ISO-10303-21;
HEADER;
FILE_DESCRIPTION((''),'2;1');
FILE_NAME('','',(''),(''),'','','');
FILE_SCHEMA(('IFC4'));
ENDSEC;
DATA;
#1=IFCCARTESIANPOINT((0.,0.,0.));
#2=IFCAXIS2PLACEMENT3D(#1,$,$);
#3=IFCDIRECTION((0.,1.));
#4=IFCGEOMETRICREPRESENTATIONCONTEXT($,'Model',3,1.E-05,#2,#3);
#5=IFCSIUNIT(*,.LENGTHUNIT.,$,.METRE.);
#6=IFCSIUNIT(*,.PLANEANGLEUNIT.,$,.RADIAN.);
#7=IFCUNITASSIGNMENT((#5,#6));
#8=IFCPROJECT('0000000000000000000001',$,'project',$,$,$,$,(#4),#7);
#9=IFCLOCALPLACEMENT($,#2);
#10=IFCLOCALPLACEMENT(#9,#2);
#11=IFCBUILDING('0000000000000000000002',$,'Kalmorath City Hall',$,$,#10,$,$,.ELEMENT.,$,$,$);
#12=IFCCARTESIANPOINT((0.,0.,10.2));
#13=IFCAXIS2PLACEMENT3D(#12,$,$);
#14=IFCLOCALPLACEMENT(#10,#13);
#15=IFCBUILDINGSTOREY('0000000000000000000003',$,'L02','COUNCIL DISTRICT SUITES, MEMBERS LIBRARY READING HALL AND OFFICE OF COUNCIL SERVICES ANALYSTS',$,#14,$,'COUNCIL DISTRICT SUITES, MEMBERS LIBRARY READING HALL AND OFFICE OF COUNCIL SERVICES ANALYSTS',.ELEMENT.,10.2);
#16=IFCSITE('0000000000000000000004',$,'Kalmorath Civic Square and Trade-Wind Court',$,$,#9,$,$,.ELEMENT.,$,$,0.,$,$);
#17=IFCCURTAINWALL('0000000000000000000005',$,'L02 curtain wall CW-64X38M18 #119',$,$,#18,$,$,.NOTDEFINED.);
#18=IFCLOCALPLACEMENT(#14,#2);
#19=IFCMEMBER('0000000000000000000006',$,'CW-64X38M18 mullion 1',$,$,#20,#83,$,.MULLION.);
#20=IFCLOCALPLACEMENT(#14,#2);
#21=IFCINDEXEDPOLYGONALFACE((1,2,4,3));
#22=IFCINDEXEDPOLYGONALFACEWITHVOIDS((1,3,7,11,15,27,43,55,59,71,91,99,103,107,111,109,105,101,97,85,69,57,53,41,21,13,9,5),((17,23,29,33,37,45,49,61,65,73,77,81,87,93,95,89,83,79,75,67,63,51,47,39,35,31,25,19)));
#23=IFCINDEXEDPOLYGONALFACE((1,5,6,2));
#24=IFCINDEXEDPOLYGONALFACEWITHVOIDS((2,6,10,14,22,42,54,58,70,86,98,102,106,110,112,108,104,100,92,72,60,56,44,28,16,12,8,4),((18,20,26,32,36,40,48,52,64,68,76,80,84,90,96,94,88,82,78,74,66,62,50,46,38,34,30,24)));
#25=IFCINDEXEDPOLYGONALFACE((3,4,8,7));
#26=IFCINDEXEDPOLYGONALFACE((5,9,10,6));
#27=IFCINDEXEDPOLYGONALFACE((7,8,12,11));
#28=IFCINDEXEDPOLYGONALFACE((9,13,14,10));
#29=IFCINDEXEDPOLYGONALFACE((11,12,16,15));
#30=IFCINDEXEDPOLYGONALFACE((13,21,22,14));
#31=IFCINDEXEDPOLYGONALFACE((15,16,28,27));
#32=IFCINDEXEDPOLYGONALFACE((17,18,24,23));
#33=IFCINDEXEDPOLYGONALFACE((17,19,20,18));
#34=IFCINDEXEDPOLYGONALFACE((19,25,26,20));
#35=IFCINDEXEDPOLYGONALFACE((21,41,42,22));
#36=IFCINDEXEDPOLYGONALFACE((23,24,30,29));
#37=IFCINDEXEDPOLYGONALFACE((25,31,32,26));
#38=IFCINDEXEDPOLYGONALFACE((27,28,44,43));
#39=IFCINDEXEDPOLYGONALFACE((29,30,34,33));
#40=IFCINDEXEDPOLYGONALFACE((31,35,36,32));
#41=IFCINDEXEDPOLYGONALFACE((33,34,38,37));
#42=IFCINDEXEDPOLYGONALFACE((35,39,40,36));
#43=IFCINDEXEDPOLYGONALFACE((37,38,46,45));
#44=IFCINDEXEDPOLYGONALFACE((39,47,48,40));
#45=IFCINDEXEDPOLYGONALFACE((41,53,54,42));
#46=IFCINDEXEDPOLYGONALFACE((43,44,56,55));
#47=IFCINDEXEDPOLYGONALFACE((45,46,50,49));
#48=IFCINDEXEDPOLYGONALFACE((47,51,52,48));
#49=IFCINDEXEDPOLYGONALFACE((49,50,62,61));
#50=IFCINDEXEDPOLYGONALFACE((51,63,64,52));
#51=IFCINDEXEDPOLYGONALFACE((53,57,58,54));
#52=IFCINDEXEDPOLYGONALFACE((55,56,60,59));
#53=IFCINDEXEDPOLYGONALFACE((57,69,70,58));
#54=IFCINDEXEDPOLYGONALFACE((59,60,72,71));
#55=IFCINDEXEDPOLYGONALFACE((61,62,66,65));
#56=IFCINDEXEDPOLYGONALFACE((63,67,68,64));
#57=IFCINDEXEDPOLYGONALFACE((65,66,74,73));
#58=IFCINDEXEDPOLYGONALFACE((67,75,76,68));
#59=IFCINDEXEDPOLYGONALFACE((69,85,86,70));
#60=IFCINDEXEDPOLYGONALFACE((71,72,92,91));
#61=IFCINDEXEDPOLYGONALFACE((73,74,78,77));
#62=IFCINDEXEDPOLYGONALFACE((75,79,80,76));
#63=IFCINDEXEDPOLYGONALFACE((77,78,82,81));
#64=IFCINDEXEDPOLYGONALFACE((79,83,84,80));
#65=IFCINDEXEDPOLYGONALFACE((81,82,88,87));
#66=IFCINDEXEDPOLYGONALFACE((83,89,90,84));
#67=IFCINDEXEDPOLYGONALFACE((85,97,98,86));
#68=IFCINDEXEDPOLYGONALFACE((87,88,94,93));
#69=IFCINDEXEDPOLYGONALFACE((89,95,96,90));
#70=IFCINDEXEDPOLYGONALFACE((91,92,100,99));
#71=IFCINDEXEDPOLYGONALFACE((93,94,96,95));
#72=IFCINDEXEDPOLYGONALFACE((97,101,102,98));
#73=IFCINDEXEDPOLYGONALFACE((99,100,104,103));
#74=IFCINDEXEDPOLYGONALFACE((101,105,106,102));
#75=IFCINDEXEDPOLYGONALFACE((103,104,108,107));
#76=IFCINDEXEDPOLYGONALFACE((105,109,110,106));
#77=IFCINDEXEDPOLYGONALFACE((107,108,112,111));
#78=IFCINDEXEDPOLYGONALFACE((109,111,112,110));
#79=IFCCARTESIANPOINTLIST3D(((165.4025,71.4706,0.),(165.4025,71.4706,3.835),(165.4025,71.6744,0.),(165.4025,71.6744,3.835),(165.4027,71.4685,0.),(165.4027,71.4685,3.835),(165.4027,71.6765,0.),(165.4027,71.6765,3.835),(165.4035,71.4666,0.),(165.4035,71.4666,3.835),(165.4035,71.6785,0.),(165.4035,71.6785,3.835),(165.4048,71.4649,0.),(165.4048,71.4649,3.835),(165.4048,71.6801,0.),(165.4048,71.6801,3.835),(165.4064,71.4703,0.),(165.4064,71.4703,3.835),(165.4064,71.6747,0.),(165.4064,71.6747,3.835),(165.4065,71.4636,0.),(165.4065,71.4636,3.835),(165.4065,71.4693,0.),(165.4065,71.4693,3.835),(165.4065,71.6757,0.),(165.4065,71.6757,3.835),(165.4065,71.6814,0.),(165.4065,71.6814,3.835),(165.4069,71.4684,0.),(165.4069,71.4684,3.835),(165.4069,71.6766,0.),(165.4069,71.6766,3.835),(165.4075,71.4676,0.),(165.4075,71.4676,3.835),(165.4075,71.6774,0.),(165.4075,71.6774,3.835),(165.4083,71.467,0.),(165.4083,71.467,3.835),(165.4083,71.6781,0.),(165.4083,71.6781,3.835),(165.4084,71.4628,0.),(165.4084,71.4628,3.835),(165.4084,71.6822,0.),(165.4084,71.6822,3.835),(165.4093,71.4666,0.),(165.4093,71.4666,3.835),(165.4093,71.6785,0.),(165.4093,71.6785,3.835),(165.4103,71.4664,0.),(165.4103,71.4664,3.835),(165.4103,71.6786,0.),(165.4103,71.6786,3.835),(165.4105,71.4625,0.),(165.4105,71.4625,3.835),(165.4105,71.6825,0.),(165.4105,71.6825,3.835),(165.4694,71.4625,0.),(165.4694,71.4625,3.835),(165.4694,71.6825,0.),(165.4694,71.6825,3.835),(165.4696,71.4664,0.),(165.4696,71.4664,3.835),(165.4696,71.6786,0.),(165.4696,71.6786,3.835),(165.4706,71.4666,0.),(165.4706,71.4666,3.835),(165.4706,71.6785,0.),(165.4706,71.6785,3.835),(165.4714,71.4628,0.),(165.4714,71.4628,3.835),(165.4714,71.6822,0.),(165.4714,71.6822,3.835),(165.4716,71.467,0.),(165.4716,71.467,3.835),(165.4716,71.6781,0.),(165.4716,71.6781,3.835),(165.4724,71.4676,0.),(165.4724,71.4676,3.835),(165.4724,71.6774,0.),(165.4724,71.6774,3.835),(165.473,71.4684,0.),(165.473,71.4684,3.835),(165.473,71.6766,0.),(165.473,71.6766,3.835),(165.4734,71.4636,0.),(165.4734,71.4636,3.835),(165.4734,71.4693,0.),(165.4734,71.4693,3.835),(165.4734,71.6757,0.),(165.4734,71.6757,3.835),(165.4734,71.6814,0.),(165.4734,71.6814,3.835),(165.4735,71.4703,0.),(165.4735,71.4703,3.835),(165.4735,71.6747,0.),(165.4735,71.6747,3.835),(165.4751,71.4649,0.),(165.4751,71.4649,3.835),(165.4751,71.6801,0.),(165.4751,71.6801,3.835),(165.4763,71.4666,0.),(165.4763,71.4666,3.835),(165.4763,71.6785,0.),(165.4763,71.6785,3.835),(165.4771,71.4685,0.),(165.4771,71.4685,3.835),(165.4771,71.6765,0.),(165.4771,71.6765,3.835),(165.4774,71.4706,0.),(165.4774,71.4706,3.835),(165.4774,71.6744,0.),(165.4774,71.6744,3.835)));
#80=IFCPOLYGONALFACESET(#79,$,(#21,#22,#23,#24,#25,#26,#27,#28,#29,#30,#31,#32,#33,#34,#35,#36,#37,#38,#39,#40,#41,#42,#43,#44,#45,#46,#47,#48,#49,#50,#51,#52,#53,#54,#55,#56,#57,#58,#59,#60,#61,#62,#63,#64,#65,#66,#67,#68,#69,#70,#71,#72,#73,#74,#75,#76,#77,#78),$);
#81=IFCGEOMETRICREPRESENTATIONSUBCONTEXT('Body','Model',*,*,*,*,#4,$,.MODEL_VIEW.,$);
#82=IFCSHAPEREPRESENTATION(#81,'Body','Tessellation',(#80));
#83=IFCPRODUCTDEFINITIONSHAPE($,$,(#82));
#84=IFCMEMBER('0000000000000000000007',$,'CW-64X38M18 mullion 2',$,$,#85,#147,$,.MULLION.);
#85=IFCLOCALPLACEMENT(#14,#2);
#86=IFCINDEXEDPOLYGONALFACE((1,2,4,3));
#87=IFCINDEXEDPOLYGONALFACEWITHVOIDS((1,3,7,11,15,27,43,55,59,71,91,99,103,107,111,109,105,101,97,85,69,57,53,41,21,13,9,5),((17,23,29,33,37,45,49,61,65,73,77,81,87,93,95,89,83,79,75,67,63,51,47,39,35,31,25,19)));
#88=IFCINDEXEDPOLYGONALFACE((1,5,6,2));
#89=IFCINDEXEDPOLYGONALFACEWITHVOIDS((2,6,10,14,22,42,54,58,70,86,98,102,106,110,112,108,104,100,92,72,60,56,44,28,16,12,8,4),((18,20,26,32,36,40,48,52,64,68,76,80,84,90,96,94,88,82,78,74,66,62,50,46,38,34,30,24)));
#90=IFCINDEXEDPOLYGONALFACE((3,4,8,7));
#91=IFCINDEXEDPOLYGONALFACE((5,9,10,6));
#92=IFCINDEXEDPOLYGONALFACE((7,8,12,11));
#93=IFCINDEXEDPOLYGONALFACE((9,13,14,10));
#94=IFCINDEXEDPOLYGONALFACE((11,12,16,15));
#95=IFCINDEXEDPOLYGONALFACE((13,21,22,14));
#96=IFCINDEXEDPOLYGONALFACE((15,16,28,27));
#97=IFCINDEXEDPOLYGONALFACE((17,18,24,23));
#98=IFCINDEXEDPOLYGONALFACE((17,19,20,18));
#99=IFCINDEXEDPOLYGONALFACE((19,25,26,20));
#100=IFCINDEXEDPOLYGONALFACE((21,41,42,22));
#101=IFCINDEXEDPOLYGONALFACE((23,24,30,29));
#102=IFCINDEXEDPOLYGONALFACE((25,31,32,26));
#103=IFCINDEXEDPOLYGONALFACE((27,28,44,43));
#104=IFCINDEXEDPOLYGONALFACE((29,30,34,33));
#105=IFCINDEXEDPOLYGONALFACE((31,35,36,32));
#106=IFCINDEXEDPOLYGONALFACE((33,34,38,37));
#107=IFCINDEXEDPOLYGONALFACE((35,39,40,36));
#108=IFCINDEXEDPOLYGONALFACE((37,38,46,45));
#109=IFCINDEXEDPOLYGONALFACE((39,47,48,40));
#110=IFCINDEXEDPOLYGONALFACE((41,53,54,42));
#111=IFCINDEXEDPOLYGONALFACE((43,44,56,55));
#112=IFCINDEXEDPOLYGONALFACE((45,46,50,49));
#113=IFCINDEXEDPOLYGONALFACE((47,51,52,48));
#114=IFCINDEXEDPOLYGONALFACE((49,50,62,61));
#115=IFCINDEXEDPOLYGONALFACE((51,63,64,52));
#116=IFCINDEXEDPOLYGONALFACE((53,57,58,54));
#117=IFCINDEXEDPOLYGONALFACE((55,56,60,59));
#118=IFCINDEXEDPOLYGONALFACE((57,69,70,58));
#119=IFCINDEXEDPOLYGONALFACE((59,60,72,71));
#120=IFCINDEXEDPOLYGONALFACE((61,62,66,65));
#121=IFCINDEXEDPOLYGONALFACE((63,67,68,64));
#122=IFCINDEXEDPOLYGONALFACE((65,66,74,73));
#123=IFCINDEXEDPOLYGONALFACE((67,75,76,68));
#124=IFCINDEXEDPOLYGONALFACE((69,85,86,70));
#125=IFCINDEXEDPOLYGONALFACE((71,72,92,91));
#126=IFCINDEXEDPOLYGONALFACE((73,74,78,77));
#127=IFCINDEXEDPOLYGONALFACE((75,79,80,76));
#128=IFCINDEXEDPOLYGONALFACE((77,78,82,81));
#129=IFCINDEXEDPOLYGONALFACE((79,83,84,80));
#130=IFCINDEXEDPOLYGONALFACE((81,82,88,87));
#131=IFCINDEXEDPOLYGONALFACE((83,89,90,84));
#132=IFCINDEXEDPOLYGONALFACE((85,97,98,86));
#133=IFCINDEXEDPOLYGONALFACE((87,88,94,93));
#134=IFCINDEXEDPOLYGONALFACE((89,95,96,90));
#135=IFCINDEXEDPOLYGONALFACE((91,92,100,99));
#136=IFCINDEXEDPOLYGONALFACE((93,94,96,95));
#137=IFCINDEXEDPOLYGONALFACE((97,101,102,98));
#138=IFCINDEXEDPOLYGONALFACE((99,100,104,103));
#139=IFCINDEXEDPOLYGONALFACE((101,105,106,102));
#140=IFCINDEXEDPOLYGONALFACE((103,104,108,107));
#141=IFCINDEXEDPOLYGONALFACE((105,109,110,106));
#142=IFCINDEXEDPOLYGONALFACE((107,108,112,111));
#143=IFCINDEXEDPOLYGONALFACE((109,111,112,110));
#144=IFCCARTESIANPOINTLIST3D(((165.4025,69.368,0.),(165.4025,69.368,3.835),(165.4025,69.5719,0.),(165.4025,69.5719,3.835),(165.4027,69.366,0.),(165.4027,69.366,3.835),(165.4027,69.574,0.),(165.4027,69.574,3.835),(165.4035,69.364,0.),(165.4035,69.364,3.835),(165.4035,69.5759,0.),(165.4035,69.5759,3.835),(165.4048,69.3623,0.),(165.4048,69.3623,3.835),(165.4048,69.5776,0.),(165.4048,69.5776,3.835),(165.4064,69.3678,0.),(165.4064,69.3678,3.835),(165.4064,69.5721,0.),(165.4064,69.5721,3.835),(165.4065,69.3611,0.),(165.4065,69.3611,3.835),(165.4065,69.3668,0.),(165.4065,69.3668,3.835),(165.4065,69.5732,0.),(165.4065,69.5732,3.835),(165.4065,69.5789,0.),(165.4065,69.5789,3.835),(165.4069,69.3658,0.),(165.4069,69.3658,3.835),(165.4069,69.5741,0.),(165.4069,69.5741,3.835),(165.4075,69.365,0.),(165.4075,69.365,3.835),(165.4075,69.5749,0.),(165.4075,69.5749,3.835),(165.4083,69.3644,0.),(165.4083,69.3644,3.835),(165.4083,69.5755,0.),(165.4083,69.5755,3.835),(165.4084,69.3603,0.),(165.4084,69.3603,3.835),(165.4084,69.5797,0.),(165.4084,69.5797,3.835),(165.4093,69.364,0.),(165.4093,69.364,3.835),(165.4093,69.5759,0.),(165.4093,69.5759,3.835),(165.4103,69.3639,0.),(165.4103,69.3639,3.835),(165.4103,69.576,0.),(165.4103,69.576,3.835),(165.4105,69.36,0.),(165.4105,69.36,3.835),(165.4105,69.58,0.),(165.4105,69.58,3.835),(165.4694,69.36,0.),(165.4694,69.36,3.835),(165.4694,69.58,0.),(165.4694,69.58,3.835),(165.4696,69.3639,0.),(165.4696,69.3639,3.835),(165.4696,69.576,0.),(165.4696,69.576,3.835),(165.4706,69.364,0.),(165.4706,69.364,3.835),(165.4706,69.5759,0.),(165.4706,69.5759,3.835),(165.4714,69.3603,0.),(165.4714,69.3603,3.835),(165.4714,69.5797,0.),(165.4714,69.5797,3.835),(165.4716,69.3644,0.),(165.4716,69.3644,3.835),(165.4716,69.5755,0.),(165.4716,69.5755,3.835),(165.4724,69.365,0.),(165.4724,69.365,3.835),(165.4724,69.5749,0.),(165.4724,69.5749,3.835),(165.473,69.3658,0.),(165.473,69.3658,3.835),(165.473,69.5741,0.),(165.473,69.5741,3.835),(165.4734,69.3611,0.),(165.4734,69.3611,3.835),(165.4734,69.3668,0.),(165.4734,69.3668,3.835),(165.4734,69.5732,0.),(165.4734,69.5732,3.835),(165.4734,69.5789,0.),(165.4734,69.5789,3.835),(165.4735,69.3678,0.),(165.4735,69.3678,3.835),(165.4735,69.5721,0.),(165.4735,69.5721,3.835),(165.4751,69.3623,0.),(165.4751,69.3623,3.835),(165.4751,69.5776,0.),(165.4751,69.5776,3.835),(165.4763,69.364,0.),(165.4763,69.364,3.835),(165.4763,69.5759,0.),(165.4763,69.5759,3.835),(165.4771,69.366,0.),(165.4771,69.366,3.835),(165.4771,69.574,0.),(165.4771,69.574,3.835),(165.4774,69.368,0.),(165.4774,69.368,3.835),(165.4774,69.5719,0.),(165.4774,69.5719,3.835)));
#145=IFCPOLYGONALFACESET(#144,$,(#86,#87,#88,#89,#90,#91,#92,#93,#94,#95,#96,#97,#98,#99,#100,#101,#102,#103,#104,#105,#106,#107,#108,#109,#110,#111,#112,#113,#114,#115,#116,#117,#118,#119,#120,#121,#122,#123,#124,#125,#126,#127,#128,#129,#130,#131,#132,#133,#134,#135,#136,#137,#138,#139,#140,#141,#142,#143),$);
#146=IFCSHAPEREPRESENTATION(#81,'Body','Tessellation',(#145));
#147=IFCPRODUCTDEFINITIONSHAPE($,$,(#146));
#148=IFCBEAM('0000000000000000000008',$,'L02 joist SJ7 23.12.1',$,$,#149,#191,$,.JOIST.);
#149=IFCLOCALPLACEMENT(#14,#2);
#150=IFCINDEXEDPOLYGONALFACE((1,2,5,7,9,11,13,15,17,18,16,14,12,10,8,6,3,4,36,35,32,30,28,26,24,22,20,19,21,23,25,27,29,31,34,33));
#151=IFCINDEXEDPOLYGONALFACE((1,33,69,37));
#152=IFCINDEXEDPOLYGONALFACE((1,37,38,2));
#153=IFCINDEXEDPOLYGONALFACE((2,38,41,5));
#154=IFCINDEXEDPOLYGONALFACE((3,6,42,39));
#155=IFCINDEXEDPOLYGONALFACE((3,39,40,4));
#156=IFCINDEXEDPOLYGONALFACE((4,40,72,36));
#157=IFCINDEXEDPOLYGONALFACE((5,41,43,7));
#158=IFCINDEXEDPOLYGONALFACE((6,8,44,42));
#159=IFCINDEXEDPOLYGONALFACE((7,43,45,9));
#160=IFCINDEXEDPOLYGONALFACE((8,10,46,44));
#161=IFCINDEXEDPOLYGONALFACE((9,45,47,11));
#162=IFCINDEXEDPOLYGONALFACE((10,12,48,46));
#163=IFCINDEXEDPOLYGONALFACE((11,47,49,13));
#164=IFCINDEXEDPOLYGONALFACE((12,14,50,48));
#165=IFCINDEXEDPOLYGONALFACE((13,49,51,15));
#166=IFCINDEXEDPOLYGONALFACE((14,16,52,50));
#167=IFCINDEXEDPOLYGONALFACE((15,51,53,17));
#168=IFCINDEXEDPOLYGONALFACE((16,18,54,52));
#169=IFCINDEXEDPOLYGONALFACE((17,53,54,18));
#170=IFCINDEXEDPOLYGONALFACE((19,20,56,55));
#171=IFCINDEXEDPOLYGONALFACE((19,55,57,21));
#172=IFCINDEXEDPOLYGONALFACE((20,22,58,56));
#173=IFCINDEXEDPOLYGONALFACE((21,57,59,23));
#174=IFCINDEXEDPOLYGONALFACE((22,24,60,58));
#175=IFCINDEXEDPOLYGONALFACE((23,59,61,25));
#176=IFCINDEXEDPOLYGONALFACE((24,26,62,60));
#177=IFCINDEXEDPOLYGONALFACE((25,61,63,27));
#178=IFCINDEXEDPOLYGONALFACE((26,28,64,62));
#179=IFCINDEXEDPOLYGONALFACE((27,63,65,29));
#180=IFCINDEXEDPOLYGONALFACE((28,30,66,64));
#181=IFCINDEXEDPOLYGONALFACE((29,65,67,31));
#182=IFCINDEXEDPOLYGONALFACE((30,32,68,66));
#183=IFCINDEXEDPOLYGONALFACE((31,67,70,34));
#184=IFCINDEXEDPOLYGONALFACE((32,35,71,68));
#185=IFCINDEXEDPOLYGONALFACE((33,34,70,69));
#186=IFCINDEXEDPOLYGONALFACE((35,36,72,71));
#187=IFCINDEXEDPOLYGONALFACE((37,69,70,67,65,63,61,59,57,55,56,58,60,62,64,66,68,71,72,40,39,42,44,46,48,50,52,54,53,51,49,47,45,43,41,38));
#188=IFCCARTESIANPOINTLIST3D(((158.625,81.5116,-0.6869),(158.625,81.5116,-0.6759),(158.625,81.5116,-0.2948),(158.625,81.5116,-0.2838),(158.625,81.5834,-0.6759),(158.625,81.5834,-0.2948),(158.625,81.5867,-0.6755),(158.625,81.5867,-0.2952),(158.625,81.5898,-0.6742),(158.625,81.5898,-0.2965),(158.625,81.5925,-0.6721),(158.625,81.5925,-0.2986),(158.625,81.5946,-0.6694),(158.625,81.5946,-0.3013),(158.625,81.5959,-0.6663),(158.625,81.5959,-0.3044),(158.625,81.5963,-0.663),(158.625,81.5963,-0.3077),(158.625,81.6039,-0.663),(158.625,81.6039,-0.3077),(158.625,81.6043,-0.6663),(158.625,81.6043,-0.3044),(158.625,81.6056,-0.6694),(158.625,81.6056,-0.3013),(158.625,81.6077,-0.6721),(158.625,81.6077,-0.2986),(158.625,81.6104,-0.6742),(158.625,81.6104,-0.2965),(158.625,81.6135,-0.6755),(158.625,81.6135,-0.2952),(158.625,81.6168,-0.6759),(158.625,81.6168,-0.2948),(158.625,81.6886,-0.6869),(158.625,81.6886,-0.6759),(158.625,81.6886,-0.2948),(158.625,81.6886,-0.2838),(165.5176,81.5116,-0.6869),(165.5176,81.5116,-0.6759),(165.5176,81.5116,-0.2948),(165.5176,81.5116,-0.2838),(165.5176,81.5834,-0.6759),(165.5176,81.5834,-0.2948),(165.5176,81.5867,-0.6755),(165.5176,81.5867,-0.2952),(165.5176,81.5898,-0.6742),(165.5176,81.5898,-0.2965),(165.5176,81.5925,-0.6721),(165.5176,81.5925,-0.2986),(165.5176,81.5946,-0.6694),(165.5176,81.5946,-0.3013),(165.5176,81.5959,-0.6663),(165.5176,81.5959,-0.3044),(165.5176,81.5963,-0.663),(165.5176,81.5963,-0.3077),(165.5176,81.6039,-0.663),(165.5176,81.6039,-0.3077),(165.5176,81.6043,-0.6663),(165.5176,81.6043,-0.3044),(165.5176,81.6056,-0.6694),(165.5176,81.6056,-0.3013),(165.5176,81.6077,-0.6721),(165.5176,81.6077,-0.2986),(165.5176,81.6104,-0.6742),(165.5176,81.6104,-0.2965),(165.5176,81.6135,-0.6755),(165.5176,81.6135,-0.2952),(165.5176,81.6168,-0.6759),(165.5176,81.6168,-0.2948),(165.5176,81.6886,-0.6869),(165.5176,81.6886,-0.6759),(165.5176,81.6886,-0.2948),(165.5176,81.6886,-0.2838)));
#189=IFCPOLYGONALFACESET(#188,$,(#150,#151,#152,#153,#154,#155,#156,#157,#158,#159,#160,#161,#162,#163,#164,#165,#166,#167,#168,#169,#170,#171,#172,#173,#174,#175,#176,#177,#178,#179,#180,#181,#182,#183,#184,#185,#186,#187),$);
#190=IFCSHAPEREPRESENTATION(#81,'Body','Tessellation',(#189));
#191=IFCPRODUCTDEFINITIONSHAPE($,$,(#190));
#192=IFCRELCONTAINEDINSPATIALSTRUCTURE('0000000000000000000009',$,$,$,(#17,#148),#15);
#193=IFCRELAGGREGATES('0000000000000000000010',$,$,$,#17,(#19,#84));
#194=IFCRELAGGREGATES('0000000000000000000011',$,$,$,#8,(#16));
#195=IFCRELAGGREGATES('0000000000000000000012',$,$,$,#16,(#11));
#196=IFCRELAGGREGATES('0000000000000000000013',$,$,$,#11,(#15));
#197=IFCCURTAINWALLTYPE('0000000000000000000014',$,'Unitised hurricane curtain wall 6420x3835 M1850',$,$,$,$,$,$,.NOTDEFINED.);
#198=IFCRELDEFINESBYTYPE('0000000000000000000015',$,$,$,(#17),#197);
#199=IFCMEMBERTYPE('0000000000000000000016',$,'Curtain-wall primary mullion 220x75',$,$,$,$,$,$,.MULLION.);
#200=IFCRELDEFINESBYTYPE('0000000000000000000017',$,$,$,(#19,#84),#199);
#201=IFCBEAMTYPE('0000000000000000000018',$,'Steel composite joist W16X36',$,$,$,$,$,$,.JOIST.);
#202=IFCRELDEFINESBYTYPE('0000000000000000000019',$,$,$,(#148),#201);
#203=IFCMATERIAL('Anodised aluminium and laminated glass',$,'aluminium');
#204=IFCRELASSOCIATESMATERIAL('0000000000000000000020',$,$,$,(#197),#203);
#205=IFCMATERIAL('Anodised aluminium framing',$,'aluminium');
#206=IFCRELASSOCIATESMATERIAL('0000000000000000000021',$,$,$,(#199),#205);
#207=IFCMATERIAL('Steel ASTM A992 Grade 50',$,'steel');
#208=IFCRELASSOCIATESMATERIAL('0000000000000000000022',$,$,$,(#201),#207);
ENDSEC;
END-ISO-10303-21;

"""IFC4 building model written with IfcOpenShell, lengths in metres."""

from ifc_helpers import new_model, si_unit, direction, frame, origin, origin_2d, place, context, subcontext, project, spatial, hollow_rectangle, i_section, extrude, material, material_profile, profile_set, type_object, element, aggregate, save


model = new_model("IFC4")

# Units and contexts
model_context = context("Model", 3, precision=1e-05, world=origin(), true_north=direction((0.0, 1.0)))
body_context = subcontext(model_context, "Body", "Model", "MODEL_VIEW")
ifc_project = project(units=[si_unit("LENGTHUNIT", "METRE"), si_unit("PLANEANGLEUNIT", "RADIAN")], contexts=[model_context])

# Site, building, storey
site_placement = place(None, origin())
site = spatial("IfcSite", under=ifc_project, at=site_placement, Name="Kalmorath Civic Square and Trade-Wind Court", CompositionType="ELEMENT", RefElevation=0.0)
building_placement = place(site_placement, origin())
building = spatial("IfcBuilding", under=site, at=building_placement, Name="Kalmorath City Hall", CompositionType="ELEMENT")
storey_placement = place(building_placement, frame((0.0, 0.0, 10.2)))
storey = spatial("IfcBuildingStorey", under=building, at=storey_placement, Name="L02", Description="COUNCIL DISTRICT SUITES, MEMBERS LIBRARY READING HALL AND OFFICE OF COUNCIL SERVICES ANALYSTS", LongName="COUNCIL DISTRICT SUITES, MEMBERS LIBRARY READING HALL AND OFFICE OF COUNCIL SERVICES ANALYSTS", CompositionType="ELEMENT", Elevation=10.2)

# Curtain wall
ifc_material_1 = material(Name="Anodised aluminium and laminated glass", Category="aluminium")
curtain_wall_type_1 = type_object("IfcCurtainWallType", Name="Unitised hurricane curtain wall 6420x3835 M1850", PredefinedType="NOTDEFINED", material=ifc_material_1)
curtain_wall_1_placement = place(storey_placement, origin())
curtain_wall_1 = element("IfcCurtainWall", 1, at=curtain_wall_1_placement, inside=storey, type_object=curtain_wall_type_1, Name="L02 curtain wall CW-64X38M18 #119", PredefinedType="NOTDEFINED")

# Members
ifc_material_2 = material(Name="Anodised aluminium framing", Category="aluminium")
ifc_material_profile_1 = material_profile(ifc_material_2, hollow_rectangle(XDim=0.075, YDim=0.22, WallThickness=0.0039, InnerFilletRadius=0.0039, OuterFilletRadius=0.0081, at=origin_2d()), Name="ALU-MUL-220X75X4")
ifc_profile_set_1 = profile_set([ifc_material_profile_1], Name="Anodised aluminium framing")
member_type_1 = type_object("IfcMemberType", Name="Curtain-wall primary mullion 220x75", PredefinedType="MULLION", material=ifc_profile_set_1)
member_1_placement = place(storey_placement, frame((165.4399, 71.5725, 0.0), z_axis=(0.0, 0.0, 1.0), x_axis=(1.0, 0.0, 0.0)))
member_1 = element("IfcMember", 2, at=member_1_placement, type_object=member_type_1, Name="CW-64X38M18 mullion 1", PredefinedType="MULLION", context=body_context, shape_type="SweptSolid", body=[
    extrude(hollow_rectangle(XDim=0.075, YDim=0.22, WallThickness=0.0039, InnerFilletRadius=0.0039, OuterFilletRadius=0.0081, at=origin_2d()), origin(), (0.0, 0.0, 1.0), 3.835),
])
member_2_placement = place(storey_placement, frame((165.4399, 69.47, 0.0), z_axis=(0.0, 0.0, 1.0), x_axis=(1.0, 0.0, 0.0)))
member_2 = element("IfcMember", 3, at=member_2_placement, type_object=member_type_1, Name="CW-64X38M18 mullion 2", PredefinedType="MULLION", context=body_context, shape_type="SweptSolid", body=[
    extrude(hollow_rectangle(XDim=0.075, YDim=0.22, WallThickness=0.0039, InnerFilletRadius=0.0039, OuterFilletRadius=0.0081, at=origin_2d()), origin(), (0.0, 0.0, 1.0), 3.835),
])

# Beam
ifc_material_3 = material(Name="Steel ASTM A992 Grade 50", Category="steel")
ifc_material_profile_2 = material_profile(ifc_material_3, i_section(OverallWidth=0.177, OverallDepth=0.4031, WebThickness=0.0076, FlangeThickness=0.011, FilletRadius=0.0129, at=origin_2d()), Name="W16X36")
ifc_profile_set_2 = profile_set([ifc_material_profile_2], Name="Steel ASTM A992 Grade 50")
beam_type_1 = type_object("IfcBeamType", Name="Steel composite joist W16X36", PredefinedType="JOIST", material=ifc_profile_set_2)
beam_1_placement = place(storey_placement, frame((158.625, 81.6001, -0.4854), z_axis=(1.0, 0.0, 0.0), x_axis=(0.0, 1.0, 0.0)))
element("IfcBeam", 4, at=beam_1_placement, inside=storey, type_object=beam_type_1, Name="L02 joist SJ7 23.12.1", PredefinedType="JOIST", context=body_context, shape_type="SweptSolid", body=[
    extrude(i_section(OverallWidth=0.177, OverallDepth=0.4031, WebThickness=0.0076, FlangeThickness=0.011, FilletRadius=0.0129, at=origin_2d()), origin(), (0.0, 0.0, 1.0), 6.8926),
])

aggregate(curtain_wall_1, [member_1, member_2])

save(model, "model.ifc")
